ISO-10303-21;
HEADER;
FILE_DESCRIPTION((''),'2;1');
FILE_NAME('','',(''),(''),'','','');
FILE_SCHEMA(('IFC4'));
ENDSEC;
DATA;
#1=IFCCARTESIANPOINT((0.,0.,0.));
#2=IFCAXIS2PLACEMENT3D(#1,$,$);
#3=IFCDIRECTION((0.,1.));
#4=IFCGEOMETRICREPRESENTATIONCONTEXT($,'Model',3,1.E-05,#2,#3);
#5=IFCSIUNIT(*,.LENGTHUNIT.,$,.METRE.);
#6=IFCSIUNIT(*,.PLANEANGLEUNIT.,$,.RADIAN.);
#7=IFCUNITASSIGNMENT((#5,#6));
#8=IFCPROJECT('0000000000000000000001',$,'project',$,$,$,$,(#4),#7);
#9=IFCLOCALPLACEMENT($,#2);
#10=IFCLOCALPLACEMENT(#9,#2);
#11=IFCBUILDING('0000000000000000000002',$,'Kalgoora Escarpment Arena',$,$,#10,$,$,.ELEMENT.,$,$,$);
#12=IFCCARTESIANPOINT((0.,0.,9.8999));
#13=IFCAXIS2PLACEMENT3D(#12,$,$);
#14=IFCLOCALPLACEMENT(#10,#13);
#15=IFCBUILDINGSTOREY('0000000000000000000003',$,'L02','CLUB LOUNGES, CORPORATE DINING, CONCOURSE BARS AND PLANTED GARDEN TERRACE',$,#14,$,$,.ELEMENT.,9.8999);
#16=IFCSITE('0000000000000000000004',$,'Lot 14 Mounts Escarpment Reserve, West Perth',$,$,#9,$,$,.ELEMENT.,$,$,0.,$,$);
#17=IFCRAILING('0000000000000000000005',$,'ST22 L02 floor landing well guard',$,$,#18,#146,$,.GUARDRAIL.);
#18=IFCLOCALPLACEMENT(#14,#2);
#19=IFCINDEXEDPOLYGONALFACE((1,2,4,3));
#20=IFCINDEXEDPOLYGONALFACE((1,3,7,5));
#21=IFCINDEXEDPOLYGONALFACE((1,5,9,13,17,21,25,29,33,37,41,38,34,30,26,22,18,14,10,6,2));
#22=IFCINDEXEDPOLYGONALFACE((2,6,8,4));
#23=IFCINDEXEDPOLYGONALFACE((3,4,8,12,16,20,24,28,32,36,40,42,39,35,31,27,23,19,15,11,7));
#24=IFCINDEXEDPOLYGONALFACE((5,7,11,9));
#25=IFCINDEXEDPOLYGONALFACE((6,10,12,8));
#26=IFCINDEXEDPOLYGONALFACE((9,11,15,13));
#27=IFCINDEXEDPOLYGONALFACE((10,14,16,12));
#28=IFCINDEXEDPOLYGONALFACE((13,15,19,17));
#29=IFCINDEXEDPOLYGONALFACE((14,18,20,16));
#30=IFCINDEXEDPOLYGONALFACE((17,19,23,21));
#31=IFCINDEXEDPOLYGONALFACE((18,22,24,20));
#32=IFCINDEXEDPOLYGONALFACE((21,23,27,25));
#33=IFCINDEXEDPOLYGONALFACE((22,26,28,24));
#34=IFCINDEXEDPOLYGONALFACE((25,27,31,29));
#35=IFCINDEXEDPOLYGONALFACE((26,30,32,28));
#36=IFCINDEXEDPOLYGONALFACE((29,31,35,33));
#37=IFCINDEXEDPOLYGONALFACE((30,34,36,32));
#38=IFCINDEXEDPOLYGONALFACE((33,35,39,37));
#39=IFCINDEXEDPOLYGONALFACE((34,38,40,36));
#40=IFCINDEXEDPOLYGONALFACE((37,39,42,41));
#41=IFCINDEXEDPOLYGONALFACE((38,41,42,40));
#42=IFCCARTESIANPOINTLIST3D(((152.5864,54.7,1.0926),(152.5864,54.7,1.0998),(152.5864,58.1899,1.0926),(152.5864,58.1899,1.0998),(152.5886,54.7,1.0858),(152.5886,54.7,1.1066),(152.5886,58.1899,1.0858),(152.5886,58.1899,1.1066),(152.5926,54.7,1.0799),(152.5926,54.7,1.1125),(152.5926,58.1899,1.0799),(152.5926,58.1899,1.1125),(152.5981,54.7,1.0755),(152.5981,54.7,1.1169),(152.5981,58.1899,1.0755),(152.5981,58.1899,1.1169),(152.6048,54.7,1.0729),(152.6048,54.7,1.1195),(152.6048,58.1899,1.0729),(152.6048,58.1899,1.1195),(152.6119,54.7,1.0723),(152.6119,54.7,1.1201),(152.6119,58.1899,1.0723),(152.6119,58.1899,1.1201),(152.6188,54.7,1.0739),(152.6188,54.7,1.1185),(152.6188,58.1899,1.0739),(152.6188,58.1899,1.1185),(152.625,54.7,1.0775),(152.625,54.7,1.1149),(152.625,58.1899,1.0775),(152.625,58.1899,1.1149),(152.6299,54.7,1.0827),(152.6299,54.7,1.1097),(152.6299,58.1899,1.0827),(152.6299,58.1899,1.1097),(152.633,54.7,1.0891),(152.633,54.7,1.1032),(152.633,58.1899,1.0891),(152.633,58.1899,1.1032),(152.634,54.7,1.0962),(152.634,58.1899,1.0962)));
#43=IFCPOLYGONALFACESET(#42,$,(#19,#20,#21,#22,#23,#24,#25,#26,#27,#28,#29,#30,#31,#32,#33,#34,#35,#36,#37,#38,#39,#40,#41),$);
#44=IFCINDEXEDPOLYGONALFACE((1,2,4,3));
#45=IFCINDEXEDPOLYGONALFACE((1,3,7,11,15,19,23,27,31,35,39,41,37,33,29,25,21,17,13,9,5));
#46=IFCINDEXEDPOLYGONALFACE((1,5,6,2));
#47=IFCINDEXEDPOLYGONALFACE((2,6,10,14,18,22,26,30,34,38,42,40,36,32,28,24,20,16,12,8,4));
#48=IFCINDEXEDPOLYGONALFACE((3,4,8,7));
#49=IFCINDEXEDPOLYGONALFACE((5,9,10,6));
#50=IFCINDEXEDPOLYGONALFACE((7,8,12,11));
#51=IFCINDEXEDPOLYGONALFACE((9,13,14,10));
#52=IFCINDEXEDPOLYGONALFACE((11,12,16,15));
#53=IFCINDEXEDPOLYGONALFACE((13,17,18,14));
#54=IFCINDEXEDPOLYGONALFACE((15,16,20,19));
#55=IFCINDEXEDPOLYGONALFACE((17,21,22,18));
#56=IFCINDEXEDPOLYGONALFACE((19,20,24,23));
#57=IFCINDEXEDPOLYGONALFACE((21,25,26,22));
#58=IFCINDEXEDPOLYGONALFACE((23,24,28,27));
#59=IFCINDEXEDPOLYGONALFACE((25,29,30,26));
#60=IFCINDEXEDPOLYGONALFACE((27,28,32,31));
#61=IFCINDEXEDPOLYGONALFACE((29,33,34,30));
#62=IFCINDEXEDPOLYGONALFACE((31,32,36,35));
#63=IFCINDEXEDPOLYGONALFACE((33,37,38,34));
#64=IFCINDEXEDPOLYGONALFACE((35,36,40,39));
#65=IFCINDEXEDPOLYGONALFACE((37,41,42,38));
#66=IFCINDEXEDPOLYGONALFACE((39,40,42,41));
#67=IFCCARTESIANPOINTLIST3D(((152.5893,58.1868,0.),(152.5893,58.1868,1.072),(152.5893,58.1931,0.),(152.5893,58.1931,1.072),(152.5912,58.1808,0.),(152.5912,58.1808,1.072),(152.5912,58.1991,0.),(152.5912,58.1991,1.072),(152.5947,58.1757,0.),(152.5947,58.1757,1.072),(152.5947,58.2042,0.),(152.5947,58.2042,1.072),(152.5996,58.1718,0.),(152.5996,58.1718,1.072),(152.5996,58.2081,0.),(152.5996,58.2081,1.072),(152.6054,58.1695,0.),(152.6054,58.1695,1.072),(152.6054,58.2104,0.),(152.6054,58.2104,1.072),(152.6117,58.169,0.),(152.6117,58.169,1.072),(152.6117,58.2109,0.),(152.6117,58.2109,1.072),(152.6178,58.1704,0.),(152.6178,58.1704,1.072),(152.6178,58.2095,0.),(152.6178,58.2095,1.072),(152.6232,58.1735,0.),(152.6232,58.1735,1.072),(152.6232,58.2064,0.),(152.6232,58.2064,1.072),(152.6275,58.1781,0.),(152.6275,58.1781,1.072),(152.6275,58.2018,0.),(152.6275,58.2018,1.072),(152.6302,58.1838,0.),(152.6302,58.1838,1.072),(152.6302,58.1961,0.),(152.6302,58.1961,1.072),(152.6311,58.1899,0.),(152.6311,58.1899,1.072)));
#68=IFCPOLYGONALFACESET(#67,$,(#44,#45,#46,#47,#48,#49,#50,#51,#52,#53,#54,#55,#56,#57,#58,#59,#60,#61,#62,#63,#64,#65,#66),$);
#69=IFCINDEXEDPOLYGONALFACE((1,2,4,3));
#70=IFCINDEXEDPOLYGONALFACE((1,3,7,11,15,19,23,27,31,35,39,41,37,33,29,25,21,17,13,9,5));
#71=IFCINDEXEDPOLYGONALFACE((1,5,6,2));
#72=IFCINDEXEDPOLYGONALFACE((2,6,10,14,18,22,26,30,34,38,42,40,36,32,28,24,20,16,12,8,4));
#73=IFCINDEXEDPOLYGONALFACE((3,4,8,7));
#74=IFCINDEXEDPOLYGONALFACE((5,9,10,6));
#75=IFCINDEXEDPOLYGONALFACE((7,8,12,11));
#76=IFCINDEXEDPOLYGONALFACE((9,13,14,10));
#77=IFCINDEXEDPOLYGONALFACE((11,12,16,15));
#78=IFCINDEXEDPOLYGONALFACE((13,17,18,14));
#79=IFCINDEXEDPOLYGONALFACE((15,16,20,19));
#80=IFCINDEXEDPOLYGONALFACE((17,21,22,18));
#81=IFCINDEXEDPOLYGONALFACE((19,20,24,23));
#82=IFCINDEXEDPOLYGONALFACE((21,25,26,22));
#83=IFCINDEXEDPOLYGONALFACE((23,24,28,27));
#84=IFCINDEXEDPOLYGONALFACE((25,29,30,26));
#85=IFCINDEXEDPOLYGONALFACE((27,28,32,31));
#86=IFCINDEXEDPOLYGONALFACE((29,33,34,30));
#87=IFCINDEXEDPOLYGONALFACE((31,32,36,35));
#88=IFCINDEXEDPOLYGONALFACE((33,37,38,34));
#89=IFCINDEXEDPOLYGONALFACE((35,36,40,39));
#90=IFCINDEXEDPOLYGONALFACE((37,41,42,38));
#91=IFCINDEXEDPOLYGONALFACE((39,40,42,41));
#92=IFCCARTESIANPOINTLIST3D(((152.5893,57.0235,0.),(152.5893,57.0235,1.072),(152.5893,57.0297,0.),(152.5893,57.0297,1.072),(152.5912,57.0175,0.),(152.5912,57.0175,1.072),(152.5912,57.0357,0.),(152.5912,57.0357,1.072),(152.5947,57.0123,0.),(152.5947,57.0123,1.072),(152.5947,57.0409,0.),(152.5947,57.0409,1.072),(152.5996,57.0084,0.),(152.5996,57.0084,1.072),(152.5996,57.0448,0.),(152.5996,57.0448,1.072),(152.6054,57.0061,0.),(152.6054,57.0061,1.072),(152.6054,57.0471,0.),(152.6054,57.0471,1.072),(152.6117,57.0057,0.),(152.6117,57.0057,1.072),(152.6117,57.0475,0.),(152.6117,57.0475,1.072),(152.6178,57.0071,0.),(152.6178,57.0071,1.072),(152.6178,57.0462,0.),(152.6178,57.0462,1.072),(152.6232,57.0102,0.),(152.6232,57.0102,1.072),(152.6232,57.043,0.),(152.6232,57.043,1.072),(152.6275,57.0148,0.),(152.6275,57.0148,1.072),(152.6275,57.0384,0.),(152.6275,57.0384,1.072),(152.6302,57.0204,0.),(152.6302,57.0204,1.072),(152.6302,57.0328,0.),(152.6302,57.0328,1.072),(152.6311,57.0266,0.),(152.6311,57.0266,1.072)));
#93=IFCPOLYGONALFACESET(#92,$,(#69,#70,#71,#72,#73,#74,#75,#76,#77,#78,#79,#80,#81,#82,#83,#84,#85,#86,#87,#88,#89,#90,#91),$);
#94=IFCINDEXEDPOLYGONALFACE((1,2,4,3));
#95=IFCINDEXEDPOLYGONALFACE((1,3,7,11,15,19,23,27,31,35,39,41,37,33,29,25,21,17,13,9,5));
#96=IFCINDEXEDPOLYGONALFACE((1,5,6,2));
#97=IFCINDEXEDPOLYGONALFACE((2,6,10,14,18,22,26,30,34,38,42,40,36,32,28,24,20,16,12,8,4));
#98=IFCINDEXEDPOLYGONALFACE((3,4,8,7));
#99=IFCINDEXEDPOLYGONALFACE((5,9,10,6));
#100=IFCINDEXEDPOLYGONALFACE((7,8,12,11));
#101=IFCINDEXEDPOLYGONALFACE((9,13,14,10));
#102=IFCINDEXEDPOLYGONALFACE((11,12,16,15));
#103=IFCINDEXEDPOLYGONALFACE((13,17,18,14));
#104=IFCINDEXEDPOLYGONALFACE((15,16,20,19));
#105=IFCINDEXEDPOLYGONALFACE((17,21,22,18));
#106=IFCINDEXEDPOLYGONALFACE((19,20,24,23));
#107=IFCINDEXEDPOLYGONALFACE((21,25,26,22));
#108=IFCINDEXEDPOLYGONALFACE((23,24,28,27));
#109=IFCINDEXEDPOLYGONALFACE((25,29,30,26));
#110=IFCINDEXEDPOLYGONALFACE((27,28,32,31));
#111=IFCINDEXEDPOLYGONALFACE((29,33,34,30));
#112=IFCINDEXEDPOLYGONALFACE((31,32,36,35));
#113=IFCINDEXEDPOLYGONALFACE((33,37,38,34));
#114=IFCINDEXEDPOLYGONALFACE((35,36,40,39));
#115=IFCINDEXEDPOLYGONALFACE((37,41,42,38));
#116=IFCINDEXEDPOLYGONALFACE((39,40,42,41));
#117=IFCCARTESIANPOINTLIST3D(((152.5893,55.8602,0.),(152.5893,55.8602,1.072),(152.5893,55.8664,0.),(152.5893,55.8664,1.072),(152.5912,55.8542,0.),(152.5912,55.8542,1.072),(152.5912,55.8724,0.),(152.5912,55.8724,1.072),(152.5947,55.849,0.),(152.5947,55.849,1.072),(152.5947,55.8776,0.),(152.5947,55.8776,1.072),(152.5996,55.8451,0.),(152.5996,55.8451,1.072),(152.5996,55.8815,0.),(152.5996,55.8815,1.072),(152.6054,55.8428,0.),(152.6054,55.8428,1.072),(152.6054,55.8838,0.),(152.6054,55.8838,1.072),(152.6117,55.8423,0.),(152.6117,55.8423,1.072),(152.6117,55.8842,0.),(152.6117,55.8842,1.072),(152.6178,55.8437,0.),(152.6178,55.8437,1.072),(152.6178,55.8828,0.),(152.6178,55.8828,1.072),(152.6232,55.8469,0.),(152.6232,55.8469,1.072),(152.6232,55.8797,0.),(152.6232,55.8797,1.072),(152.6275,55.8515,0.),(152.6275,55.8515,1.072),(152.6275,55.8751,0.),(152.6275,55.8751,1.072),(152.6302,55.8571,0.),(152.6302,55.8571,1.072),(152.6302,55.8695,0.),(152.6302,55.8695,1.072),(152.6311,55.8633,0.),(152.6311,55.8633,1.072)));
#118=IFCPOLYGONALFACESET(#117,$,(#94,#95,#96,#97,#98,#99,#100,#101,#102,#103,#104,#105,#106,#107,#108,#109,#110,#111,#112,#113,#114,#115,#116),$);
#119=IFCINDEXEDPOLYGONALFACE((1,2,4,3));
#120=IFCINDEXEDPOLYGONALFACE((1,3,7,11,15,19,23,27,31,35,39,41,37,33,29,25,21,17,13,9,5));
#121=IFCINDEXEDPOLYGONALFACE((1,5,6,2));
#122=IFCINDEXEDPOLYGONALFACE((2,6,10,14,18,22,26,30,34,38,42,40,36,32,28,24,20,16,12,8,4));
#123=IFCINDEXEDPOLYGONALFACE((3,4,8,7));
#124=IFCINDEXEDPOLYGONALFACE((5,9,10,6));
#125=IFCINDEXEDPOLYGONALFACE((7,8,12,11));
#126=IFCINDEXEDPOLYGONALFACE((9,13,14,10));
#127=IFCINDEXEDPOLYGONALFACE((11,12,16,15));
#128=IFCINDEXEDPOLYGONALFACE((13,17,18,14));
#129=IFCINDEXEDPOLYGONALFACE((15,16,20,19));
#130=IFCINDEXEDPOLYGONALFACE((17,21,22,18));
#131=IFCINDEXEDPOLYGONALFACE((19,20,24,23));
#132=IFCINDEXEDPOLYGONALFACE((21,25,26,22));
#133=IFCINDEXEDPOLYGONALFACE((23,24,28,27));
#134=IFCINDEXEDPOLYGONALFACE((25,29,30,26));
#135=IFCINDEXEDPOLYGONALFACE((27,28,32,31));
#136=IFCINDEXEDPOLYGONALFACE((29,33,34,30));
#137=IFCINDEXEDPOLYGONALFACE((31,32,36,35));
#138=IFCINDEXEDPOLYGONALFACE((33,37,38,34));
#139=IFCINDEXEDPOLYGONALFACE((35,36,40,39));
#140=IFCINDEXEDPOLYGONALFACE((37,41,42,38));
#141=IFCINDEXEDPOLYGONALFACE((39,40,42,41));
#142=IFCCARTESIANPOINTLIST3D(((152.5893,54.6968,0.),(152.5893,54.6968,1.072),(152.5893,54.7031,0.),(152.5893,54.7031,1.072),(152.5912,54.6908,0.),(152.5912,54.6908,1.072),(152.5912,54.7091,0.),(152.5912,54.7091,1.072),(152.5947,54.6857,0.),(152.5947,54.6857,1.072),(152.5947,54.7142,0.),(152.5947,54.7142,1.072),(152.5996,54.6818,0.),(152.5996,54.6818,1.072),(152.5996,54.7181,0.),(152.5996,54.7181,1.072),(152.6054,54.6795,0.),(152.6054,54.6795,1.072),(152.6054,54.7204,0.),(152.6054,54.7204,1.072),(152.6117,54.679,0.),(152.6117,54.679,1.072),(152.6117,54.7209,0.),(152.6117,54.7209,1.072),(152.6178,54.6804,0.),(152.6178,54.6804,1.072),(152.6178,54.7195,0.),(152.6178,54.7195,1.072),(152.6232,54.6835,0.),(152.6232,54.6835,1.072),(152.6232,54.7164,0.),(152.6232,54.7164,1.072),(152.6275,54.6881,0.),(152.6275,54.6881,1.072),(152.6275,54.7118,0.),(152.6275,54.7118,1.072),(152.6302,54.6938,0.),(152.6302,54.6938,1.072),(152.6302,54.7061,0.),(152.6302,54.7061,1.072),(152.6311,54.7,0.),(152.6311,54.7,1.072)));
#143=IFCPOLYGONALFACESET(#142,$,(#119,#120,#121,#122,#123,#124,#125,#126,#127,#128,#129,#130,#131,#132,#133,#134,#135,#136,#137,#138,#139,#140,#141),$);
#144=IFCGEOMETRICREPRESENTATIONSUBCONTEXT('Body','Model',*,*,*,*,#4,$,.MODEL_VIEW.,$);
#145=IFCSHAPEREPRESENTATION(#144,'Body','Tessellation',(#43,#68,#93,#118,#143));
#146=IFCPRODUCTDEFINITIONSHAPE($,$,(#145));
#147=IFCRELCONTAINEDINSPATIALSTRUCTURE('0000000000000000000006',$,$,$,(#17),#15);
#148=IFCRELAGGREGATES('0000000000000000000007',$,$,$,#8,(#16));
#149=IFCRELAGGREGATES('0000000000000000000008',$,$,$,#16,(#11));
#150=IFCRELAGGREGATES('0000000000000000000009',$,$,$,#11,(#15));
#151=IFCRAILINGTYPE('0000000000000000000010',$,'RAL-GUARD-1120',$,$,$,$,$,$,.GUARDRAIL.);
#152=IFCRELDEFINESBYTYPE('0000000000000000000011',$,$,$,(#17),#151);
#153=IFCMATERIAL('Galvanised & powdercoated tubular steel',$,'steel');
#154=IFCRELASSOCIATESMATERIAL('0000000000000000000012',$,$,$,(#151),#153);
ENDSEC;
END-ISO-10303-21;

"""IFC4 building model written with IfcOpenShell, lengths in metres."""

from ifc_helpers import new_model, si_unit, direction, frame, origin, origin_2d, place, context, subcontext, project, spatial, circle, extrude, material, type_object, element, save


model = new_model("IFC4")

# Units and contexts
model_context = context("Model", 3, precision=1e-05, world=origin(), true_north=direction((0.0, 1.0)))
body_context = subcontext(model_context, "Body", "Model", "MODEL_VIEW")
ifc_project = project(units=[si_unit("LENGTHUNIT", "METRE"), si_unit("PLANEANGLEUNIT", "RADIAN")], contexts=[model_context])

# Site, building, storey
site_placement = place(None, origin())
site = spatial("IfcSite", under=ifc_project, at=site_placement, Name="Lot 14 Mounts Escarpment Reserve, West Perth", CompositionType="ELEMENT", RefElevation=0.0)
building_placement = place(site_placement, origin())
building = spatial("IfcBuilding", under=site, at=building_placement, Name="Kalgoora Escarpment Arena", CompositionType="ELEMENT")
storey_placement = place(building_placement, frame((0.0, 0.0, 9.8999)))
storey = spatial("IfcBuildingStorey", under=building, at=storey_placement, Name="L02", Description="CLUB LOUNGES, CORPORATE DINING, CONCOURSE BARS AND PLANTED GARDEN TERRACE", CompositionType="ELEMENT", Elevation=9.8999)

# Railing
ifc_material_1 = material(Name="Galvanised & powdercoated tubular steel", Category="steel")
railing_type_1 = type_object("IfcRailingType", Name="RAL-GUARD-1120", PredefinedType="GUARDRAIL", material=ifc_material_1)
railing_1_placement = place(storey_placement, frame((152.6101, 58.1899, 0.0)))
element("IfcRailing", 1, at=railing_1_placement, inside=storey, type_object=railing_type_1, Name="ST22 L02 floor landing well guard", PredefinedType="GUARDRAIL", context=body_context, shape_type="SweptSolid", body=[
    extrude(circle(Radius=0.0239, at=origin_2d()), frame((0.0, 0.0, 1.0962), z_axis=(0.0, -1.0, 0.0), x_axis=(1.0, 0.0, 0.0)), (0.0, 0.0, 1.0), 3.49),
    extrude(circle(Radius=0.021, at=origin_2d()), origin(), (0.0, 0.0, 1.0), 1.072),
    extrude(circle(Radius=0.021, at=origin_2d()), frame((0.0, -1.1633, 0.0)), (0.0, 0.0, 1.0), 1.072),
    extrude(circle(Radius=0.021, at=origin_2d()), frame((0.0, -2.3267, 0.0)), (0.0, 0.0, 1.0), 1.072),
    extrude(circle(Radius=0.021, at=origin_2d()), frame((0.0, -3.49, 0.0)), (0.0, 0.0, 1.0), 1.072),
])

save(model, "model.ifc")
